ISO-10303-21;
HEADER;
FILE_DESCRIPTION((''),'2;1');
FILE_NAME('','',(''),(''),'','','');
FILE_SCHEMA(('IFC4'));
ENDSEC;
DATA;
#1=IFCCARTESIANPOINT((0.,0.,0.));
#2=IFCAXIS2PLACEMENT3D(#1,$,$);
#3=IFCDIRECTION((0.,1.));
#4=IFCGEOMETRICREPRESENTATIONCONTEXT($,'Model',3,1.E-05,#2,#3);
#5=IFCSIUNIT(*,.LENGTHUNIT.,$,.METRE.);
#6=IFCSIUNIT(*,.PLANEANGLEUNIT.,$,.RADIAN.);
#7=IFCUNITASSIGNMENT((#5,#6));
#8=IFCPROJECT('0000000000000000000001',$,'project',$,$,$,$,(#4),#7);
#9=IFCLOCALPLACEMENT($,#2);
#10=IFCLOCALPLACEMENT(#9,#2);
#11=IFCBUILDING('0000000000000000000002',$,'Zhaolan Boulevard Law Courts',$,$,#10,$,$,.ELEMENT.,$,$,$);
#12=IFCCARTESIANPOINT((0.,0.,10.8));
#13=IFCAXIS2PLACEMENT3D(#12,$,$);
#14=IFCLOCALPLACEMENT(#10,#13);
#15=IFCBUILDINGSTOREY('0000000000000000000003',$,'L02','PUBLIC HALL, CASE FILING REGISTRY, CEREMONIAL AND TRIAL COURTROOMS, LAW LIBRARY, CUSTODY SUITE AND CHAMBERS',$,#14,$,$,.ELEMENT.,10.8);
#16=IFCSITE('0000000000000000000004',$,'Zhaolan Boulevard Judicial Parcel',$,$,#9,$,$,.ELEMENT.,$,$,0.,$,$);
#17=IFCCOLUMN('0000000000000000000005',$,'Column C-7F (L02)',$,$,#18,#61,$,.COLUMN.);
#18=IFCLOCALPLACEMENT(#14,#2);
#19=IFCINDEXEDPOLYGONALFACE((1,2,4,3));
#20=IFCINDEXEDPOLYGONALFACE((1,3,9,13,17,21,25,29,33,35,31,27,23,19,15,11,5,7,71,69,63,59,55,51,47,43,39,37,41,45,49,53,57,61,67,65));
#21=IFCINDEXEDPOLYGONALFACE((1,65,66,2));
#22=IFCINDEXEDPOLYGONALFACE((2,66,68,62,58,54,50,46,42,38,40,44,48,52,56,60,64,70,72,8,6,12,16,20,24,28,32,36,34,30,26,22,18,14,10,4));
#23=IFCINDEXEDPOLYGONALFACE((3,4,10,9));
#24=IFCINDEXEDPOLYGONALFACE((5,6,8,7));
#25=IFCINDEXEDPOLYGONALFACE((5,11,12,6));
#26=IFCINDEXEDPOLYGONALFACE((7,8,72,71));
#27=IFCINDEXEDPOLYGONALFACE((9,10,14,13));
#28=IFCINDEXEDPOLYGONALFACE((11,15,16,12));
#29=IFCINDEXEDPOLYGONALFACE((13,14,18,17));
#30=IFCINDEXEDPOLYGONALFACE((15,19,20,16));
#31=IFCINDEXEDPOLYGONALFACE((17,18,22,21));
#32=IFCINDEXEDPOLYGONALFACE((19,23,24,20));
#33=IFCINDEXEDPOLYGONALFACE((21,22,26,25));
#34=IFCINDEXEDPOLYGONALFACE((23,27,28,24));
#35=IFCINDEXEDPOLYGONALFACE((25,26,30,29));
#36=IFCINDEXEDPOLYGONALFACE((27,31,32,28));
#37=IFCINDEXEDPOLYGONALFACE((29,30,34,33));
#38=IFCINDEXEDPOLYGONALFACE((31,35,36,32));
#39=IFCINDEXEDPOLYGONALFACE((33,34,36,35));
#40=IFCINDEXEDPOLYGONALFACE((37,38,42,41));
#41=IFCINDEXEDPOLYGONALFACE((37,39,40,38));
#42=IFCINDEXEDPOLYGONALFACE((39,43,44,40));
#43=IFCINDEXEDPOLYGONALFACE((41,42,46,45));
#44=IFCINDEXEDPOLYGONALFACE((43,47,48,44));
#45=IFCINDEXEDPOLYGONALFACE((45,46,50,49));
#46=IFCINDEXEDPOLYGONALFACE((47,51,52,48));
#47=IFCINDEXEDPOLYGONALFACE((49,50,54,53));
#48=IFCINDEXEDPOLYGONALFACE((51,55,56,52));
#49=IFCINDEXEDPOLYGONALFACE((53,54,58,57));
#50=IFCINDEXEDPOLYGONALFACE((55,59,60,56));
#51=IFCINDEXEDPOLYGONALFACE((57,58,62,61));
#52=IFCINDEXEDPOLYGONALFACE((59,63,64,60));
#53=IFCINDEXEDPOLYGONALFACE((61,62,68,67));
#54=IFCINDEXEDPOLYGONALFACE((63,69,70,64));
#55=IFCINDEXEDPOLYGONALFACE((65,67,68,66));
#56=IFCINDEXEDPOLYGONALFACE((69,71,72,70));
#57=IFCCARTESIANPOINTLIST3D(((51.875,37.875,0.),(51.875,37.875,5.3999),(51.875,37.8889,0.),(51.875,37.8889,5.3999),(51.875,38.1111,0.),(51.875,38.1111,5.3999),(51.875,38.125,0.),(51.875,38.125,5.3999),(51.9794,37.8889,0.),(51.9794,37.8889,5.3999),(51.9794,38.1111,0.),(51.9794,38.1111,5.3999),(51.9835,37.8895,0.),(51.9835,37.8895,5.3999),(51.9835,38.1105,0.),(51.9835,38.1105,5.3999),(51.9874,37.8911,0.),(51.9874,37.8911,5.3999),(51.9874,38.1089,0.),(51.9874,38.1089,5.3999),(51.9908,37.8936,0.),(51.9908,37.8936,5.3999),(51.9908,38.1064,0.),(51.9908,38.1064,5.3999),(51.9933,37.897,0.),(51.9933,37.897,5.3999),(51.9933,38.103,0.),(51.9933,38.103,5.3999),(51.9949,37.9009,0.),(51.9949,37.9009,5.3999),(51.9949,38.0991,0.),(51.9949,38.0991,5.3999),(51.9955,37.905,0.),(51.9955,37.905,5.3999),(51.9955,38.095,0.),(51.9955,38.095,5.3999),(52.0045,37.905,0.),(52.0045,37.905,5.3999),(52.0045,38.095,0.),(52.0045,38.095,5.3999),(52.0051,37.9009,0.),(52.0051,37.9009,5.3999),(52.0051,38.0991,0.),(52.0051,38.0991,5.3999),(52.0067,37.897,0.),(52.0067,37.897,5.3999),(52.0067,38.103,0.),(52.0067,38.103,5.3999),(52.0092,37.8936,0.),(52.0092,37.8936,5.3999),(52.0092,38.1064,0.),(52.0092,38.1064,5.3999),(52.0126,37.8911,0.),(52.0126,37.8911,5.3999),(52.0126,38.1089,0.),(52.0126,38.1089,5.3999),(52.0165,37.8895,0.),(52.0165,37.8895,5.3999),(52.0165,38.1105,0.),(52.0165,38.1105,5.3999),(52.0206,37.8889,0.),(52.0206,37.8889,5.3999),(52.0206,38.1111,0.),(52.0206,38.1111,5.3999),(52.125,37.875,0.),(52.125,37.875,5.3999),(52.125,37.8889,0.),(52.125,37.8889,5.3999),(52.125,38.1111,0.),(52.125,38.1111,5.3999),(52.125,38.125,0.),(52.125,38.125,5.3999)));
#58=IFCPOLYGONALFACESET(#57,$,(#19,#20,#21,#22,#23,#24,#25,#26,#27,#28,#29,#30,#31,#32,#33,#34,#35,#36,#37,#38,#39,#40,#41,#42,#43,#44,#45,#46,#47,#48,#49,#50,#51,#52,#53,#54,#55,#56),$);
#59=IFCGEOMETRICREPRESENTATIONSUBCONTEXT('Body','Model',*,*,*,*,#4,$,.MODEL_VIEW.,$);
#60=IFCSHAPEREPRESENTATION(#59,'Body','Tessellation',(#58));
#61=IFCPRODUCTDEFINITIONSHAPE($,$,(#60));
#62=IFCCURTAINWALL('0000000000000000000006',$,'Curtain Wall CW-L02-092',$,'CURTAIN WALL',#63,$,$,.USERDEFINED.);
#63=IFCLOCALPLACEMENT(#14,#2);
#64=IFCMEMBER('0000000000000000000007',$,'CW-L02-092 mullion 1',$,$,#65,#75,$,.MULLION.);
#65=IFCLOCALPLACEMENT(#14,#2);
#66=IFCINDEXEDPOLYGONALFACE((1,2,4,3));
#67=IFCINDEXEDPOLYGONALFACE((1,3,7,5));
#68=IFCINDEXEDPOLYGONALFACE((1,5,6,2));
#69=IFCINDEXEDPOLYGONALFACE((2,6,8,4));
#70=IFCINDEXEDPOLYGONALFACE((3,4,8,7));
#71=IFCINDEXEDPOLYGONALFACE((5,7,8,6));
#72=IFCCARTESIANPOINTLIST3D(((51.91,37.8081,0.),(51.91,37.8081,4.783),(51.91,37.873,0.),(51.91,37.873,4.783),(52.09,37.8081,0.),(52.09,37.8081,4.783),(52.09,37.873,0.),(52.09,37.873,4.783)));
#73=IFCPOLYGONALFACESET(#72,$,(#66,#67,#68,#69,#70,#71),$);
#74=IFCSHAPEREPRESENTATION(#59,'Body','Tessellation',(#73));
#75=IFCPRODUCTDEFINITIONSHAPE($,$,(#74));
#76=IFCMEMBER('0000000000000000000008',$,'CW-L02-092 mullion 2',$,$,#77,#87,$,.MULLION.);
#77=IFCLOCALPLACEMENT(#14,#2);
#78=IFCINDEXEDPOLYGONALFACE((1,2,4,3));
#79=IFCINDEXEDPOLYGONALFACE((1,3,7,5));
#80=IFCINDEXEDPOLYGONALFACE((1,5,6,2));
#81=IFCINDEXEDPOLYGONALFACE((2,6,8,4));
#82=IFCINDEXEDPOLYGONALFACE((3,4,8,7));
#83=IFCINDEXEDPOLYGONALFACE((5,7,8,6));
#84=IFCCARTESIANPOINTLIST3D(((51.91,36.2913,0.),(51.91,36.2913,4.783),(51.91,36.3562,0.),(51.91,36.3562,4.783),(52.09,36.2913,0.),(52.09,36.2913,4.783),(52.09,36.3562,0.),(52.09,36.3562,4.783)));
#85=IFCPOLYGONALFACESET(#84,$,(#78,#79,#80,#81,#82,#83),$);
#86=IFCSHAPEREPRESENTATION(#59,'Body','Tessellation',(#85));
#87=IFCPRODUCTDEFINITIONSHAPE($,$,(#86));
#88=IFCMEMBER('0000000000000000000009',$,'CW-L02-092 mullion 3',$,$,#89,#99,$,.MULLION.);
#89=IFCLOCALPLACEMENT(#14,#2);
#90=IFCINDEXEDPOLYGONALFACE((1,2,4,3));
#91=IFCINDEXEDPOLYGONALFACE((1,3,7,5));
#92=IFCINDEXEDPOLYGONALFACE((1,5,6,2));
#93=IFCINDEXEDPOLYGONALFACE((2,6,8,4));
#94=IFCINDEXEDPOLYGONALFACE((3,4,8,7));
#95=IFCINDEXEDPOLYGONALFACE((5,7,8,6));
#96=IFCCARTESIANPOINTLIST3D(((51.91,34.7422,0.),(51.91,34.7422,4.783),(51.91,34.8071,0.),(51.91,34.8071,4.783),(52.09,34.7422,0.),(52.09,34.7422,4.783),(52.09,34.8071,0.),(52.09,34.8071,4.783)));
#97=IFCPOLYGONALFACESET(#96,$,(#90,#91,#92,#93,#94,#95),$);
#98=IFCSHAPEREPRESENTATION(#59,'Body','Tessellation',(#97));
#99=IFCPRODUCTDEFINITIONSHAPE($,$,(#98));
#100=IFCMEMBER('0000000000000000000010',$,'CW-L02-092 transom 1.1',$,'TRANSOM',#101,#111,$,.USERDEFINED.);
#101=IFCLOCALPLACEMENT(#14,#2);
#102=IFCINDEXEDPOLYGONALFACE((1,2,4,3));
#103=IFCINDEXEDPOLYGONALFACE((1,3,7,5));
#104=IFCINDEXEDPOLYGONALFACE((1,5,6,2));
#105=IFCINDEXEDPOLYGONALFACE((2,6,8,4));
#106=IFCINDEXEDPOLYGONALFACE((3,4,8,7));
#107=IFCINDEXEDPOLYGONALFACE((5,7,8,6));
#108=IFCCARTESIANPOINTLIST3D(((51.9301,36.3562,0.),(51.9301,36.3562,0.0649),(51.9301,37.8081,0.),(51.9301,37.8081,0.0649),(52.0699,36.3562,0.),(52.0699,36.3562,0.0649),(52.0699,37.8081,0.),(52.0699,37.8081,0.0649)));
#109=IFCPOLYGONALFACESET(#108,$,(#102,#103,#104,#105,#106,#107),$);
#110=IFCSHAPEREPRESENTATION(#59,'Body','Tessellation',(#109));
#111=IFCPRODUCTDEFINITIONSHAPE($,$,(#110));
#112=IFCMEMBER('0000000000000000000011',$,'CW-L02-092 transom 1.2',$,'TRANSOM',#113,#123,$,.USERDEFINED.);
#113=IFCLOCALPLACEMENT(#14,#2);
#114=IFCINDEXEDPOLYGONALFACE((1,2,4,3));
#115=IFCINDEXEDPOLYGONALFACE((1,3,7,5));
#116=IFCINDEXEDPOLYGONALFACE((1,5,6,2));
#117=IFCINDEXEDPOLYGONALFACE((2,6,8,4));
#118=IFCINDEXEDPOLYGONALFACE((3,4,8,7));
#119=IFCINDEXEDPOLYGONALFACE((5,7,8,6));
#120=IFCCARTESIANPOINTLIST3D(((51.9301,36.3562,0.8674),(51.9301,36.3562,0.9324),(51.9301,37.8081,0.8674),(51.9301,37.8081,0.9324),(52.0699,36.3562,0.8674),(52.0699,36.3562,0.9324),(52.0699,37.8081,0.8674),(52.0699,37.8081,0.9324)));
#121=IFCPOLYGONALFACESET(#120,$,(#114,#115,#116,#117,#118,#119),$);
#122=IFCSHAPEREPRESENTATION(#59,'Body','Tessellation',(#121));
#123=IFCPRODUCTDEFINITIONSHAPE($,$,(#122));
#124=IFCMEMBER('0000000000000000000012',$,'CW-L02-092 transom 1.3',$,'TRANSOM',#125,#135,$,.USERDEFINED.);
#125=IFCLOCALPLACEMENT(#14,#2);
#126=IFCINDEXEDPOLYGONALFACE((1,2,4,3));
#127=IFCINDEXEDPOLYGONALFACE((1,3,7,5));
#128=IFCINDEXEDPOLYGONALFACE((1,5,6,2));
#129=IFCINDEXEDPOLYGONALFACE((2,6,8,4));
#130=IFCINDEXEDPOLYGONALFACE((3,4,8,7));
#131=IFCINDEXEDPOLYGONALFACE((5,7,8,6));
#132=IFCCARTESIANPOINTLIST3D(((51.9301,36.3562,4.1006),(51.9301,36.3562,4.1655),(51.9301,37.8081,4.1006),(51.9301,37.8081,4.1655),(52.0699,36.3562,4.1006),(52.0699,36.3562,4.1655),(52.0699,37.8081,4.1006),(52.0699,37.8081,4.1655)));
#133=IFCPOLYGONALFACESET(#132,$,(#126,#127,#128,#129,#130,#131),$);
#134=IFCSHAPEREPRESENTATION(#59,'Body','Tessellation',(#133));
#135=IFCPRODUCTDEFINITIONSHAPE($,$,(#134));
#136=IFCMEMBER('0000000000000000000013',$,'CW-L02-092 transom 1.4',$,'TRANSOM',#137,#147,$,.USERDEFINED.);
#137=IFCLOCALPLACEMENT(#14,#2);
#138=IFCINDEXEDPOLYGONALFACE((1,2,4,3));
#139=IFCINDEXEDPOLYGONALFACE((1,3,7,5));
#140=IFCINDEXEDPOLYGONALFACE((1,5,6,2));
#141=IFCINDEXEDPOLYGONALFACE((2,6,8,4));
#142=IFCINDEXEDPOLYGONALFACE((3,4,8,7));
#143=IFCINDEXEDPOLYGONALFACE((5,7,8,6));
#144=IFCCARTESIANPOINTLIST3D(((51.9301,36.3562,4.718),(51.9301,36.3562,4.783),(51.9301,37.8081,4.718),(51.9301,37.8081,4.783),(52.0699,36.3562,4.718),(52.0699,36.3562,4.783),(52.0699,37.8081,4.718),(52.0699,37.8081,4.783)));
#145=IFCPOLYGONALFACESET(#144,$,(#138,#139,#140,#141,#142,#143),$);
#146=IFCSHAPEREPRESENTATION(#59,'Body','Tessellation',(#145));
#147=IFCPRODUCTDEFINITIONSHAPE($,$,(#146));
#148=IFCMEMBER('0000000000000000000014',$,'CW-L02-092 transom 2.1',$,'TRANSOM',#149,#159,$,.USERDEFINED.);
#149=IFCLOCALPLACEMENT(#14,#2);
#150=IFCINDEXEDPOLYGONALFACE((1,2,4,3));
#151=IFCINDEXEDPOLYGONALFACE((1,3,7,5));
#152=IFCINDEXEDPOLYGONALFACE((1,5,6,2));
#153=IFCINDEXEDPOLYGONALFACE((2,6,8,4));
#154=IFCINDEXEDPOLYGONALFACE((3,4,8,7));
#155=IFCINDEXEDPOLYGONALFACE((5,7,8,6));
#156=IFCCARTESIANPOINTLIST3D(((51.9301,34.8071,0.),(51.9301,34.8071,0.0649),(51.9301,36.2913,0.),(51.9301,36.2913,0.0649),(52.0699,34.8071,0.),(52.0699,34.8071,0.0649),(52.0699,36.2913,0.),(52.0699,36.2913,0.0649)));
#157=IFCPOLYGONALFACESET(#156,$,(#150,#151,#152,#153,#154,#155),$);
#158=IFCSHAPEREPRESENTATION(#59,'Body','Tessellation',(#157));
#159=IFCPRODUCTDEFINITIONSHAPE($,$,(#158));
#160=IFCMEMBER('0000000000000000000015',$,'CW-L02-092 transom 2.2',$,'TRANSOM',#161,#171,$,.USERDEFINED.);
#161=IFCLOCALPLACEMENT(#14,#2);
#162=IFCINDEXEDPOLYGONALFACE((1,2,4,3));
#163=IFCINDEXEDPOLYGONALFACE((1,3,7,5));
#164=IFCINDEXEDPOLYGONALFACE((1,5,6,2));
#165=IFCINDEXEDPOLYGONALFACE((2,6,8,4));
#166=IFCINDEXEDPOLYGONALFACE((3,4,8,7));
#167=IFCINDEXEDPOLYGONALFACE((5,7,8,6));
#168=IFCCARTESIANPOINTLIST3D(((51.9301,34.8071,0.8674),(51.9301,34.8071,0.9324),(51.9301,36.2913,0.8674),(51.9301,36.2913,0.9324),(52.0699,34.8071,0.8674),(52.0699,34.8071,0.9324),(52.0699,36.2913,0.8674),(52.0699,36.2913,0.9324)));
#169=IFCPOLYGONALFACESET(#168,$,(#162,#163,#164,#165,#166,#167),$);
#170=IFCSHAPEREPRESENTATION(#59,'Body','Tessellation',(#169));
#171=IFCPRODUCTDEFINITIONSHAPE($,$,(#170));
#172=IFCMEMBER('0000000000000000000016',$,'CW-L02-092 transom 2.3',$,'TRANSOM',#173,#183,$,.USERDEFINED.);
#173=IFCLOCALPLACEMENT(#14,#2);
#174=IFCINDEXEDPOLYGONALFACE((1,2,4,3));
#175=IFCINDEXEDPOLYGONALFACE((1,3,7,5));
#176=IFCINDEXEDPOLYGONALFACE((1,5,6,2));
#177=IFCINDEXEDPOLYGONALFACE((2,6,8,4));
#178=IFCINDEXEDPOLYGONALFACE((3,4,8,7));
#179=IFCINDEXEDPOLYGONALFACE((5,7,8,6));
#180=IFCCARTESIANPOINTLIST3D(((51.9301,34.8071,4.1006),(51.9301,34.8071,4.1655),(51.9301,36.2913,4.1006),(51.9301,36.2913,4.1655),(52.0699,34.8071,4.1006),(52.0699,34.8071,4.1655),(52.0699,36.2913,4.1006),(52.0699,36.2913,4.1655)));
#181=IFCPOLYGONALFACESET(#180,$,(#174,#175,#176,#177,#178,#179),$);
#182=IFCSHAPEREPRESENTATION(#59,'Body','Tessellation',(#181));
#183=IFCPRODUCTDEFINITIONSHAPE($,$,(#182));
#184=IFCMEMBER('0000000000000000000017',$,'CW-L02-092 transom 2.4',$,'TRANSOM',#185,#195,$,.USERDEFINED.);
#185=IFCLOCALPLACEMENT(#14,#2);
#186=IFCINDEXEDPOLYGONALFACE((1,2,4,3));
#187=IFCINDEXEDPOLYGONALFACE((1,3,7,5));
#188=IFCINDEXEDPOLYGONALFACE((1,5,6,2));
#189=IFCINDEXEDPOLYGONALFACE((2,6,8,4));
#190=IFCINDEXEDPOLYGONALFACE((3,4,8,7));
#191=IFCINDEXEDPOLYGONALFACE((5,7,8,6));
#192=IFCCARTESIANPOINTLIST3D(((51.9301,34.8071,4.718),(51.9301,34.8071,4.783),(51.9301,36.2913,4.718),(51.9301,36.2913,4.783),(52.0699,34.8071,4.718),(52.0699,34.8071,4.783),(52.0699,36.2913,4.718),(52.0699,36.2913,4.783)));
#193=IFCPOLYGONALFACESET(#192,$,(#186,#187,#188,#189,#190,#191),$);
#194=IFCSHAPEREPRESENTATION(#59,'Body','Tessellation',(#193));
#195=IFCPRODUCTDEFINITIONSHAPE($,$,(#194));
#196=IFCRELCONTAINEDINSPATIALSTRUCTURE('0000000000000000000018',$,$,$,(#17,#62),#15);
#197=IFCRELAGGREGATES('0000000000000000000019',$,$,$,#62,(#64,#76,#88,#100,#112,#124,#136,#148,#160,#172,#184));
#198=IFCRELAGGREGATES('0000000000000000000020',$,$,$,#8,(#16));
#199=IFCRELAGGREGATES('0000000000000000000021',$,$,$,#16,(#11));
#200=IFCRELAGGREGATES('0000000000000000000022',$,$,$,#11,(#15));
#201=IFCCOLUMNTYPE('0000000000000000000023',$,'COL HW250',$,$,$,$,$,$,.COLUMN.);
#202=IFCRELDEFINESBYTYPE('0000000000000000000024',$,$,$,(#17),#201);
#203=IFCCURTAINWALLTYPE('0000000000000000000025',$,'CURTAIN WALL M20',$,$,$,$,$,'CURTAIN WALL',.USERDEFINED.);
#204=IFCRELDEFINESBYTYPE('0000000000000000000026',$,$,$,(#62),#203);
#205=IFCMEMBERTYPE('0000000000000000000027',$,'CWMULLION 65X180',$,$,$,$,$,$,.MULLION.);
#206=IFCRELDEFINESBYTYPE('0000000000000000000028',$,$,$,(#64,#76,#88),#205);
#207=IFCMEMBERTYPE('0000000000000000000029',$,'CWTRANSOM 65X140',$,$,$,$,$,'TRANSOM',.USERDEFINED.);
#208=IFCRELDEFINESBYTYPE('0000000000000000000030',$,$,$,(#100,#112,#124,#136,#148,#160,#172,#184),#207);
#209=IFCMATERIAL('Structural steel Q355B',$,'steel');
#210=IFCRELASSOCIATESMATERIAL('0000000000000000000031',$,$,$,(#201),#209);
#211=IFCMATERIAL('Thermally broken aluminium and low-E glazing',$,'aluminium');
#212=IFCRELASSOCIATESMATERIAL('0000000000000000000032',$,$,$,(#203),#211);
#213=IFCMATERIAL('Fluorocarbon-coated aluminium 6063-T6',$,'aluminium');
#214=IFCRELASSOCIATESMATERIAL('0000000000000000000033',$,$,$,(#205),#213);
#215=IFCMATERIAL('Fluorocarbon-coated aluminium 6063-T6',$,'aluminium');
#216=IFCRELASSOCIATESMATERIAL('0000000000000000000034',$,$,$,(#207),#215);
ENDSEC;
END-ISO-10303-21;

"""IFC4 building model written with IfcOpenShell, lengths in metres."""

from ifc_helpers import new_model, si_unit, direction, frame, origin, origin_2d, place, context, subcontext, project, spatial, rectangle, i_section, extrude, material, material_profile, profile_set, type_object, element, aggregate, save


model = new_model("IFC4")

# Units and contexts
model_context = context("Model", 3, precision=1e-05, world=origin(), true_north=direction((0.0, 1.0)))
body_context = subcontext(model_context, "Body", "Model", "MODEL_VIEW")
ifc_project = project(units=[si_unit("LENGTHUNIT", "METRE"), si_unit("PLANEANGLEUNIT", "RADIAN")], contexts=[model_context])

# Site, building, storey
site_placement = place(None, origin())
site = spatial("IfcSite", under=ifc_project, at=site_placement, Name="Zhaolan Boulevard Judicial Parcel", CompositionType="ELEMENT", RefElevation=0.0)
building_placement = place(site_placement, origin())
building = spatial("IfcBuilding", under=site, at=building_placement, Name="Zhaolan Boulevard Law Courts", CompositionType="ELEMENT")
storey_placement = place(building_placement, frame((0.0, 0.0, 10.8)))
storey = spatial("IfcBuildingStorey", under=building, at=storey_placement, Name="L02", Description="PUBLIC HALL, CASE FILING REGISTRY, CEREMONIAL AND TRIAL COURTROOMS, LAW LIBRARY, CUSTODY SUITE AND CHAMBERS", CompositionType="ELEMENT", Elevation=10.8)

# Column
ifc_material_1 = material(Name="Structural steel Q355B", Category="steel")
ifc_material_profile_1 = material_profile(ifc_material_1, i_section(OverallWidth=0.25, OverallDepth=0.25, WebThickness=0.009, FlangeThickness=0.0139, FilletRadius=0.0161, at=origin_2d()), Name="HW250x250")
ifc_profile_set_1 = profile_set([ifc_material_profile_1], Name="Structural steel Q355B")
column_type = type_object("IfcColumnType", Name="COL HW250", PredefinedType="COLUMN", material=ifc_profile_set_1)
column_placement = place(storey_placement, frame((52.0, 38.0, 0.0), z_axis=(0.0, 0.0, 1.0), x_axis=(1.0, 0.0, 0.0)))
element("IfcColumn", 1, at=column_placement, inside=storey, type_object=column_type, Name="Column C-7F (L02)", PredefinedType="COLUMN", context=body_context, shape_type="SweptSolid", body=[
    extrude(i_section(OverallWidth=0.25, OverallDepth=0.25, WebThickness=0.009, FlangeThickness=0.0139, FilletRadius=0.0161, at=origin_2d()), origin(), (0.0, 0.0, 1.0), 5.3999),
])

# Curtain wall, members
ifc_material_2 = material(Name="Thermally broken aluminium and low-E glazing", Category="aluminium")
curtain_wall_type = type_object("IfcCurtainWallType", Name="CURTAIN WALL M20", ElementType="CURTAIN WALL", PredefinedType="USERDEFINED", material=ifc_material_2)
curtain_wall_placement = place(storey_placement, origin())
curtain_wall = element("IfcCurtainWall", 2, at=curtain_wall_placement, inside=storey, type_object=curtain_wall_type, Name="Curtain Wall CW-L02-092", ObjectType="CURTAIN WALL", PredefinedType="USERDEFINED")
ifc_material_3 = material(Name="Fluorocarbon-coated aluminium 6063-T6", Category="aluminium")
ifc_material_profile_2 = material_profile(ifc_material_3, rectangle(XDim=0.1799, YDim=0.0649, at=origin_2d()), Name="AL65x180")
ifc_profile_set_2 = profile_set([ifc_material_profile_2], Name="Fluorocarbon-coated aluminium 6063-T6")
member_type_1 = type_object("IfcMemberType", Name="CWMULLION 65X180", PredefinedType="MULLION", material=ifc_profile_set_2)
member_1_placement = place(storey_placement, frame((52.0, 37.8406, 0.0), z_axis=(0.0, 0.0, 1.0), x_axis=(1.0, 0.0, 0.0)))
member_1 = element("IfcMember", 3, at=member_1_placement, type_object=member_type_1, Name="CW-L02-092 mullion 1", PredefinedType="MULLION", context=body_context, shape_type="SweptSolid", body=[
    extrude(rectangle(XDim=0.1799, YDim=0.0649, at=origin_2d()), origin(), (0.0, 0.0, 1.0), 4.783),
])
member_2_placement = place(storey_placement, frame((52.0, 36.3237, 0.0), z_axis=(0.0, 0.0, 1.0), x_axis=(1.0, 0.0, 0.0)))
member_2 = element("IfcMember", 4, at=member_2_placement, type_object=member_type_1, Name="CW-L02-092 mullion 2", PredefinedType="MULLION", context=body_context, shape_type="SweptSolid", body=[
    extrude(rectangle(XDim=0.1799, YDim=0.0649, at=origin_2d()), origin(), (0.0, 0.0, 1.0), 4.783),
])
member_3_placement = place(storey_placement, frame((52.0, 34.7747, 0.0), z_axis=(0.0, 0.0, 1.0), x_axis=(1.0, 0.0, 0.0)))
member_3 = element("IfcMember", 5, at=member_3_placement, type_object=member_type_1, Name="CW-L02-092 mullion 3", PredefinedType="MULLION", context=body_context, shape_type="SweptSolid", body=[
    extrude(rectangle(XDim=0.1799, YDim=0.0649, at=origin_2d()), origin(), (0.0, 0.0, 1.0), 4.783),
])
ifc_material_4 = material(Name="Fluorocarbon-coated aluminium 6063-T6", Category="aluminium")
ifc_material_profile_3 = material_profile(ifc_material_4, rectangle(XDim=0.1399, YDim=0.0649, at=origin_2d()), Name="AL65x140")
ifc_profile_set_3 = profile_set([ifc_material_profile_3], Name="Fluorocarbon-coated aluminium 6063-T6")
member_type_2 = type_object("IfcMemberType", Name="CWTRANSOM 65X140", ElementType="TRANSOM", PredefinedType="USERDEFINED", material=ifc_profile_set_3)
member_4_placement = place(storey_placement, frame((52.0, 37.8081, 0.0325), z_axis=(0.0, -1.0, 0.0), x_axis=(1.0, 0.0, 0.0)))
member_4 = element("IfcMember", 6, at=member_4_placement, type_object=member_type_2, Name="CW-L02-092 transom 1.1", ObjectType="TRANSOM", PredefinedType="USERDEFINED", context=body_context, shape_type="SweptSolid", body=[
    extrude(rectangle(XDim=0.1399, YDim=0.0649, at=origin_2d()), origin(), (0.0, 0.0, 1.0), 1.4519),
])
member_5_placement = place(storey_placement, frame((52.0, 37.8081, 0.8999), z_axis=(0.0, -1.0, 0.0), x_axis=(1.0, 0.0, 0.0)))
member_5 = element("IfcMember", 7, at=member_5_placement, type_object=member_type_2, Name="CW-L02-092 transom 1.2", ObjectType="TRANSOM", PredefinedType="USERDEFINED", context=body_context, shape_type="SweptSolid", body=[
    extrude(rectangle(XDim=0.1399, YDim=0.0649, at=origin_2d()), origin(), (0.0, 0.0, 1.0), 1.4519),
])
member_6_placement = place(storey_placement, frame((52.0, 37.8081, 4.1331), z_axis=(0.0, -1.0, 0.0), x_axis=(1.0, 0.0, 0.0)))
member_6 = element("IfcMember", 8, at=member_6_placement, type_object=member_type_2, Name="CW-L02-092 transom 1.3", ObjectType="TRANSOM", PredefinedType="USERDEFINED", context=body_context, shape_type="SweptSolid", body=[
    extrude(rectangle(XDim=0.1399, YDim=0.0649, at=origin_2d()), origin(), (0.0, 0.0, 1.0), 1.4519),
])
member_7_placement = place(storey_placement, frame((52.0, 37.8081, 4.7505), z_axis=(0.0, -1.0, 0.0), x_axis=(1.0, 0.0, 0.0)))
member_7 = element("IfcMember", 9, at=member_7_placement, type_object=member_type_2, Name="CW-L02-092 transom 1.4", ObjectType="TRANSOM", PredefinedType="USERDEFINED", context=body_context, shape_type="SweptSolid", body=[
    extrude(rectangle(XDim=0.1399, YDim=0.0649, at=origin_2d()), origin(), (0.0, 0.0, 1.0), 1.4519),
])
member_8_placement = place(storey_placement, frame((52.0, 36.2913, 0.0325), z_axis=(0.0, -1.0, 0.0), x_axis=(1.0, 0.0, 0.0)))
member_8 = element("IfcMember", 10, at=member_8_placement, type_object=member_type_2, Name="CW-L02-092 transom 2.1", ObjectType="TRANSOM", PredefinedType="USERDEFINED", context=body_context, shape_type="SweptSolid", body=[
    extrude(rectangle(XDim=0.1399, YDim=0.0649, at=origin_2d()), origin(), (0.0, 0.0, 1.0), 1.4841),
])
member_9_placement = place(storey_placement, frame((52.0, 36.2913, 0.8999), z_axis=(0.0, -1.0, 0.0), x_axis=(1.0, 0.0, 0.0)))
member_9 = element("IfcMember", 11, at=member_9_placement, type_object=member_type_2, Name="CW-L02-092 transom 2.2", ObjectType="TRANSOM", PredefinedType="USERDEFINED", context=body_context, shape_type="SweptSolid", body=[
    extrude(rectangle(XDim=0.1399, YDim=0.0649, at=origin_2d()), origin(), (0.0, 0.0, 1.0), 1.4841),
])
member_10_placement = place(storey_placement, frame((52.0, 36.2913, 4.1331), z_axis=(0.0, -1.0, 0.0), x_axis=(1.0, 0.0, 0.0)))
member_10 = element("IfcMember", 12, at=member_10_placement, type_object=member_type_2, Name="CW-L02-092 transom 2.3", ObjectType="TRANSOM", PredefinedType="USERDEFINED", context=body_context, shape_type="SweptSolid", body=[
    extrude(rectangle(XDim=0.1399, YDim=0.0649, at=origin_2d()), origin(), (0.0, 0.0, 1.0), 1.4841),
])
member_11_placement = place(storey_placement, frame((52.0, 36.2913, 4.7505), z_axis=(0.0, -1.0, 0.0), x_axis=(1.0, 0.0, 0.0)))
member_11 = element("IfcMember", 13, at=member_11_placement, type_object=member_type_2, Name="CW-L02-092 transom 2.4", ObjectType="TRANSOM", PredefinedType="USERDEFINED", context=body_context, shape_type="SweptSolid", body=[
    extrude(rectangle(XDim=0.1399, YDim=0.0649, at=origin_2d()), origin(), (0.0, 0.0, 1.0), 1.4841),
])
aggregate(curtain_wall, [member_1, member_2, member_3, member_4, member_5, member_6, member_7, member_8, member_9, member_10, member_11])

save(model, "model.ifc")
